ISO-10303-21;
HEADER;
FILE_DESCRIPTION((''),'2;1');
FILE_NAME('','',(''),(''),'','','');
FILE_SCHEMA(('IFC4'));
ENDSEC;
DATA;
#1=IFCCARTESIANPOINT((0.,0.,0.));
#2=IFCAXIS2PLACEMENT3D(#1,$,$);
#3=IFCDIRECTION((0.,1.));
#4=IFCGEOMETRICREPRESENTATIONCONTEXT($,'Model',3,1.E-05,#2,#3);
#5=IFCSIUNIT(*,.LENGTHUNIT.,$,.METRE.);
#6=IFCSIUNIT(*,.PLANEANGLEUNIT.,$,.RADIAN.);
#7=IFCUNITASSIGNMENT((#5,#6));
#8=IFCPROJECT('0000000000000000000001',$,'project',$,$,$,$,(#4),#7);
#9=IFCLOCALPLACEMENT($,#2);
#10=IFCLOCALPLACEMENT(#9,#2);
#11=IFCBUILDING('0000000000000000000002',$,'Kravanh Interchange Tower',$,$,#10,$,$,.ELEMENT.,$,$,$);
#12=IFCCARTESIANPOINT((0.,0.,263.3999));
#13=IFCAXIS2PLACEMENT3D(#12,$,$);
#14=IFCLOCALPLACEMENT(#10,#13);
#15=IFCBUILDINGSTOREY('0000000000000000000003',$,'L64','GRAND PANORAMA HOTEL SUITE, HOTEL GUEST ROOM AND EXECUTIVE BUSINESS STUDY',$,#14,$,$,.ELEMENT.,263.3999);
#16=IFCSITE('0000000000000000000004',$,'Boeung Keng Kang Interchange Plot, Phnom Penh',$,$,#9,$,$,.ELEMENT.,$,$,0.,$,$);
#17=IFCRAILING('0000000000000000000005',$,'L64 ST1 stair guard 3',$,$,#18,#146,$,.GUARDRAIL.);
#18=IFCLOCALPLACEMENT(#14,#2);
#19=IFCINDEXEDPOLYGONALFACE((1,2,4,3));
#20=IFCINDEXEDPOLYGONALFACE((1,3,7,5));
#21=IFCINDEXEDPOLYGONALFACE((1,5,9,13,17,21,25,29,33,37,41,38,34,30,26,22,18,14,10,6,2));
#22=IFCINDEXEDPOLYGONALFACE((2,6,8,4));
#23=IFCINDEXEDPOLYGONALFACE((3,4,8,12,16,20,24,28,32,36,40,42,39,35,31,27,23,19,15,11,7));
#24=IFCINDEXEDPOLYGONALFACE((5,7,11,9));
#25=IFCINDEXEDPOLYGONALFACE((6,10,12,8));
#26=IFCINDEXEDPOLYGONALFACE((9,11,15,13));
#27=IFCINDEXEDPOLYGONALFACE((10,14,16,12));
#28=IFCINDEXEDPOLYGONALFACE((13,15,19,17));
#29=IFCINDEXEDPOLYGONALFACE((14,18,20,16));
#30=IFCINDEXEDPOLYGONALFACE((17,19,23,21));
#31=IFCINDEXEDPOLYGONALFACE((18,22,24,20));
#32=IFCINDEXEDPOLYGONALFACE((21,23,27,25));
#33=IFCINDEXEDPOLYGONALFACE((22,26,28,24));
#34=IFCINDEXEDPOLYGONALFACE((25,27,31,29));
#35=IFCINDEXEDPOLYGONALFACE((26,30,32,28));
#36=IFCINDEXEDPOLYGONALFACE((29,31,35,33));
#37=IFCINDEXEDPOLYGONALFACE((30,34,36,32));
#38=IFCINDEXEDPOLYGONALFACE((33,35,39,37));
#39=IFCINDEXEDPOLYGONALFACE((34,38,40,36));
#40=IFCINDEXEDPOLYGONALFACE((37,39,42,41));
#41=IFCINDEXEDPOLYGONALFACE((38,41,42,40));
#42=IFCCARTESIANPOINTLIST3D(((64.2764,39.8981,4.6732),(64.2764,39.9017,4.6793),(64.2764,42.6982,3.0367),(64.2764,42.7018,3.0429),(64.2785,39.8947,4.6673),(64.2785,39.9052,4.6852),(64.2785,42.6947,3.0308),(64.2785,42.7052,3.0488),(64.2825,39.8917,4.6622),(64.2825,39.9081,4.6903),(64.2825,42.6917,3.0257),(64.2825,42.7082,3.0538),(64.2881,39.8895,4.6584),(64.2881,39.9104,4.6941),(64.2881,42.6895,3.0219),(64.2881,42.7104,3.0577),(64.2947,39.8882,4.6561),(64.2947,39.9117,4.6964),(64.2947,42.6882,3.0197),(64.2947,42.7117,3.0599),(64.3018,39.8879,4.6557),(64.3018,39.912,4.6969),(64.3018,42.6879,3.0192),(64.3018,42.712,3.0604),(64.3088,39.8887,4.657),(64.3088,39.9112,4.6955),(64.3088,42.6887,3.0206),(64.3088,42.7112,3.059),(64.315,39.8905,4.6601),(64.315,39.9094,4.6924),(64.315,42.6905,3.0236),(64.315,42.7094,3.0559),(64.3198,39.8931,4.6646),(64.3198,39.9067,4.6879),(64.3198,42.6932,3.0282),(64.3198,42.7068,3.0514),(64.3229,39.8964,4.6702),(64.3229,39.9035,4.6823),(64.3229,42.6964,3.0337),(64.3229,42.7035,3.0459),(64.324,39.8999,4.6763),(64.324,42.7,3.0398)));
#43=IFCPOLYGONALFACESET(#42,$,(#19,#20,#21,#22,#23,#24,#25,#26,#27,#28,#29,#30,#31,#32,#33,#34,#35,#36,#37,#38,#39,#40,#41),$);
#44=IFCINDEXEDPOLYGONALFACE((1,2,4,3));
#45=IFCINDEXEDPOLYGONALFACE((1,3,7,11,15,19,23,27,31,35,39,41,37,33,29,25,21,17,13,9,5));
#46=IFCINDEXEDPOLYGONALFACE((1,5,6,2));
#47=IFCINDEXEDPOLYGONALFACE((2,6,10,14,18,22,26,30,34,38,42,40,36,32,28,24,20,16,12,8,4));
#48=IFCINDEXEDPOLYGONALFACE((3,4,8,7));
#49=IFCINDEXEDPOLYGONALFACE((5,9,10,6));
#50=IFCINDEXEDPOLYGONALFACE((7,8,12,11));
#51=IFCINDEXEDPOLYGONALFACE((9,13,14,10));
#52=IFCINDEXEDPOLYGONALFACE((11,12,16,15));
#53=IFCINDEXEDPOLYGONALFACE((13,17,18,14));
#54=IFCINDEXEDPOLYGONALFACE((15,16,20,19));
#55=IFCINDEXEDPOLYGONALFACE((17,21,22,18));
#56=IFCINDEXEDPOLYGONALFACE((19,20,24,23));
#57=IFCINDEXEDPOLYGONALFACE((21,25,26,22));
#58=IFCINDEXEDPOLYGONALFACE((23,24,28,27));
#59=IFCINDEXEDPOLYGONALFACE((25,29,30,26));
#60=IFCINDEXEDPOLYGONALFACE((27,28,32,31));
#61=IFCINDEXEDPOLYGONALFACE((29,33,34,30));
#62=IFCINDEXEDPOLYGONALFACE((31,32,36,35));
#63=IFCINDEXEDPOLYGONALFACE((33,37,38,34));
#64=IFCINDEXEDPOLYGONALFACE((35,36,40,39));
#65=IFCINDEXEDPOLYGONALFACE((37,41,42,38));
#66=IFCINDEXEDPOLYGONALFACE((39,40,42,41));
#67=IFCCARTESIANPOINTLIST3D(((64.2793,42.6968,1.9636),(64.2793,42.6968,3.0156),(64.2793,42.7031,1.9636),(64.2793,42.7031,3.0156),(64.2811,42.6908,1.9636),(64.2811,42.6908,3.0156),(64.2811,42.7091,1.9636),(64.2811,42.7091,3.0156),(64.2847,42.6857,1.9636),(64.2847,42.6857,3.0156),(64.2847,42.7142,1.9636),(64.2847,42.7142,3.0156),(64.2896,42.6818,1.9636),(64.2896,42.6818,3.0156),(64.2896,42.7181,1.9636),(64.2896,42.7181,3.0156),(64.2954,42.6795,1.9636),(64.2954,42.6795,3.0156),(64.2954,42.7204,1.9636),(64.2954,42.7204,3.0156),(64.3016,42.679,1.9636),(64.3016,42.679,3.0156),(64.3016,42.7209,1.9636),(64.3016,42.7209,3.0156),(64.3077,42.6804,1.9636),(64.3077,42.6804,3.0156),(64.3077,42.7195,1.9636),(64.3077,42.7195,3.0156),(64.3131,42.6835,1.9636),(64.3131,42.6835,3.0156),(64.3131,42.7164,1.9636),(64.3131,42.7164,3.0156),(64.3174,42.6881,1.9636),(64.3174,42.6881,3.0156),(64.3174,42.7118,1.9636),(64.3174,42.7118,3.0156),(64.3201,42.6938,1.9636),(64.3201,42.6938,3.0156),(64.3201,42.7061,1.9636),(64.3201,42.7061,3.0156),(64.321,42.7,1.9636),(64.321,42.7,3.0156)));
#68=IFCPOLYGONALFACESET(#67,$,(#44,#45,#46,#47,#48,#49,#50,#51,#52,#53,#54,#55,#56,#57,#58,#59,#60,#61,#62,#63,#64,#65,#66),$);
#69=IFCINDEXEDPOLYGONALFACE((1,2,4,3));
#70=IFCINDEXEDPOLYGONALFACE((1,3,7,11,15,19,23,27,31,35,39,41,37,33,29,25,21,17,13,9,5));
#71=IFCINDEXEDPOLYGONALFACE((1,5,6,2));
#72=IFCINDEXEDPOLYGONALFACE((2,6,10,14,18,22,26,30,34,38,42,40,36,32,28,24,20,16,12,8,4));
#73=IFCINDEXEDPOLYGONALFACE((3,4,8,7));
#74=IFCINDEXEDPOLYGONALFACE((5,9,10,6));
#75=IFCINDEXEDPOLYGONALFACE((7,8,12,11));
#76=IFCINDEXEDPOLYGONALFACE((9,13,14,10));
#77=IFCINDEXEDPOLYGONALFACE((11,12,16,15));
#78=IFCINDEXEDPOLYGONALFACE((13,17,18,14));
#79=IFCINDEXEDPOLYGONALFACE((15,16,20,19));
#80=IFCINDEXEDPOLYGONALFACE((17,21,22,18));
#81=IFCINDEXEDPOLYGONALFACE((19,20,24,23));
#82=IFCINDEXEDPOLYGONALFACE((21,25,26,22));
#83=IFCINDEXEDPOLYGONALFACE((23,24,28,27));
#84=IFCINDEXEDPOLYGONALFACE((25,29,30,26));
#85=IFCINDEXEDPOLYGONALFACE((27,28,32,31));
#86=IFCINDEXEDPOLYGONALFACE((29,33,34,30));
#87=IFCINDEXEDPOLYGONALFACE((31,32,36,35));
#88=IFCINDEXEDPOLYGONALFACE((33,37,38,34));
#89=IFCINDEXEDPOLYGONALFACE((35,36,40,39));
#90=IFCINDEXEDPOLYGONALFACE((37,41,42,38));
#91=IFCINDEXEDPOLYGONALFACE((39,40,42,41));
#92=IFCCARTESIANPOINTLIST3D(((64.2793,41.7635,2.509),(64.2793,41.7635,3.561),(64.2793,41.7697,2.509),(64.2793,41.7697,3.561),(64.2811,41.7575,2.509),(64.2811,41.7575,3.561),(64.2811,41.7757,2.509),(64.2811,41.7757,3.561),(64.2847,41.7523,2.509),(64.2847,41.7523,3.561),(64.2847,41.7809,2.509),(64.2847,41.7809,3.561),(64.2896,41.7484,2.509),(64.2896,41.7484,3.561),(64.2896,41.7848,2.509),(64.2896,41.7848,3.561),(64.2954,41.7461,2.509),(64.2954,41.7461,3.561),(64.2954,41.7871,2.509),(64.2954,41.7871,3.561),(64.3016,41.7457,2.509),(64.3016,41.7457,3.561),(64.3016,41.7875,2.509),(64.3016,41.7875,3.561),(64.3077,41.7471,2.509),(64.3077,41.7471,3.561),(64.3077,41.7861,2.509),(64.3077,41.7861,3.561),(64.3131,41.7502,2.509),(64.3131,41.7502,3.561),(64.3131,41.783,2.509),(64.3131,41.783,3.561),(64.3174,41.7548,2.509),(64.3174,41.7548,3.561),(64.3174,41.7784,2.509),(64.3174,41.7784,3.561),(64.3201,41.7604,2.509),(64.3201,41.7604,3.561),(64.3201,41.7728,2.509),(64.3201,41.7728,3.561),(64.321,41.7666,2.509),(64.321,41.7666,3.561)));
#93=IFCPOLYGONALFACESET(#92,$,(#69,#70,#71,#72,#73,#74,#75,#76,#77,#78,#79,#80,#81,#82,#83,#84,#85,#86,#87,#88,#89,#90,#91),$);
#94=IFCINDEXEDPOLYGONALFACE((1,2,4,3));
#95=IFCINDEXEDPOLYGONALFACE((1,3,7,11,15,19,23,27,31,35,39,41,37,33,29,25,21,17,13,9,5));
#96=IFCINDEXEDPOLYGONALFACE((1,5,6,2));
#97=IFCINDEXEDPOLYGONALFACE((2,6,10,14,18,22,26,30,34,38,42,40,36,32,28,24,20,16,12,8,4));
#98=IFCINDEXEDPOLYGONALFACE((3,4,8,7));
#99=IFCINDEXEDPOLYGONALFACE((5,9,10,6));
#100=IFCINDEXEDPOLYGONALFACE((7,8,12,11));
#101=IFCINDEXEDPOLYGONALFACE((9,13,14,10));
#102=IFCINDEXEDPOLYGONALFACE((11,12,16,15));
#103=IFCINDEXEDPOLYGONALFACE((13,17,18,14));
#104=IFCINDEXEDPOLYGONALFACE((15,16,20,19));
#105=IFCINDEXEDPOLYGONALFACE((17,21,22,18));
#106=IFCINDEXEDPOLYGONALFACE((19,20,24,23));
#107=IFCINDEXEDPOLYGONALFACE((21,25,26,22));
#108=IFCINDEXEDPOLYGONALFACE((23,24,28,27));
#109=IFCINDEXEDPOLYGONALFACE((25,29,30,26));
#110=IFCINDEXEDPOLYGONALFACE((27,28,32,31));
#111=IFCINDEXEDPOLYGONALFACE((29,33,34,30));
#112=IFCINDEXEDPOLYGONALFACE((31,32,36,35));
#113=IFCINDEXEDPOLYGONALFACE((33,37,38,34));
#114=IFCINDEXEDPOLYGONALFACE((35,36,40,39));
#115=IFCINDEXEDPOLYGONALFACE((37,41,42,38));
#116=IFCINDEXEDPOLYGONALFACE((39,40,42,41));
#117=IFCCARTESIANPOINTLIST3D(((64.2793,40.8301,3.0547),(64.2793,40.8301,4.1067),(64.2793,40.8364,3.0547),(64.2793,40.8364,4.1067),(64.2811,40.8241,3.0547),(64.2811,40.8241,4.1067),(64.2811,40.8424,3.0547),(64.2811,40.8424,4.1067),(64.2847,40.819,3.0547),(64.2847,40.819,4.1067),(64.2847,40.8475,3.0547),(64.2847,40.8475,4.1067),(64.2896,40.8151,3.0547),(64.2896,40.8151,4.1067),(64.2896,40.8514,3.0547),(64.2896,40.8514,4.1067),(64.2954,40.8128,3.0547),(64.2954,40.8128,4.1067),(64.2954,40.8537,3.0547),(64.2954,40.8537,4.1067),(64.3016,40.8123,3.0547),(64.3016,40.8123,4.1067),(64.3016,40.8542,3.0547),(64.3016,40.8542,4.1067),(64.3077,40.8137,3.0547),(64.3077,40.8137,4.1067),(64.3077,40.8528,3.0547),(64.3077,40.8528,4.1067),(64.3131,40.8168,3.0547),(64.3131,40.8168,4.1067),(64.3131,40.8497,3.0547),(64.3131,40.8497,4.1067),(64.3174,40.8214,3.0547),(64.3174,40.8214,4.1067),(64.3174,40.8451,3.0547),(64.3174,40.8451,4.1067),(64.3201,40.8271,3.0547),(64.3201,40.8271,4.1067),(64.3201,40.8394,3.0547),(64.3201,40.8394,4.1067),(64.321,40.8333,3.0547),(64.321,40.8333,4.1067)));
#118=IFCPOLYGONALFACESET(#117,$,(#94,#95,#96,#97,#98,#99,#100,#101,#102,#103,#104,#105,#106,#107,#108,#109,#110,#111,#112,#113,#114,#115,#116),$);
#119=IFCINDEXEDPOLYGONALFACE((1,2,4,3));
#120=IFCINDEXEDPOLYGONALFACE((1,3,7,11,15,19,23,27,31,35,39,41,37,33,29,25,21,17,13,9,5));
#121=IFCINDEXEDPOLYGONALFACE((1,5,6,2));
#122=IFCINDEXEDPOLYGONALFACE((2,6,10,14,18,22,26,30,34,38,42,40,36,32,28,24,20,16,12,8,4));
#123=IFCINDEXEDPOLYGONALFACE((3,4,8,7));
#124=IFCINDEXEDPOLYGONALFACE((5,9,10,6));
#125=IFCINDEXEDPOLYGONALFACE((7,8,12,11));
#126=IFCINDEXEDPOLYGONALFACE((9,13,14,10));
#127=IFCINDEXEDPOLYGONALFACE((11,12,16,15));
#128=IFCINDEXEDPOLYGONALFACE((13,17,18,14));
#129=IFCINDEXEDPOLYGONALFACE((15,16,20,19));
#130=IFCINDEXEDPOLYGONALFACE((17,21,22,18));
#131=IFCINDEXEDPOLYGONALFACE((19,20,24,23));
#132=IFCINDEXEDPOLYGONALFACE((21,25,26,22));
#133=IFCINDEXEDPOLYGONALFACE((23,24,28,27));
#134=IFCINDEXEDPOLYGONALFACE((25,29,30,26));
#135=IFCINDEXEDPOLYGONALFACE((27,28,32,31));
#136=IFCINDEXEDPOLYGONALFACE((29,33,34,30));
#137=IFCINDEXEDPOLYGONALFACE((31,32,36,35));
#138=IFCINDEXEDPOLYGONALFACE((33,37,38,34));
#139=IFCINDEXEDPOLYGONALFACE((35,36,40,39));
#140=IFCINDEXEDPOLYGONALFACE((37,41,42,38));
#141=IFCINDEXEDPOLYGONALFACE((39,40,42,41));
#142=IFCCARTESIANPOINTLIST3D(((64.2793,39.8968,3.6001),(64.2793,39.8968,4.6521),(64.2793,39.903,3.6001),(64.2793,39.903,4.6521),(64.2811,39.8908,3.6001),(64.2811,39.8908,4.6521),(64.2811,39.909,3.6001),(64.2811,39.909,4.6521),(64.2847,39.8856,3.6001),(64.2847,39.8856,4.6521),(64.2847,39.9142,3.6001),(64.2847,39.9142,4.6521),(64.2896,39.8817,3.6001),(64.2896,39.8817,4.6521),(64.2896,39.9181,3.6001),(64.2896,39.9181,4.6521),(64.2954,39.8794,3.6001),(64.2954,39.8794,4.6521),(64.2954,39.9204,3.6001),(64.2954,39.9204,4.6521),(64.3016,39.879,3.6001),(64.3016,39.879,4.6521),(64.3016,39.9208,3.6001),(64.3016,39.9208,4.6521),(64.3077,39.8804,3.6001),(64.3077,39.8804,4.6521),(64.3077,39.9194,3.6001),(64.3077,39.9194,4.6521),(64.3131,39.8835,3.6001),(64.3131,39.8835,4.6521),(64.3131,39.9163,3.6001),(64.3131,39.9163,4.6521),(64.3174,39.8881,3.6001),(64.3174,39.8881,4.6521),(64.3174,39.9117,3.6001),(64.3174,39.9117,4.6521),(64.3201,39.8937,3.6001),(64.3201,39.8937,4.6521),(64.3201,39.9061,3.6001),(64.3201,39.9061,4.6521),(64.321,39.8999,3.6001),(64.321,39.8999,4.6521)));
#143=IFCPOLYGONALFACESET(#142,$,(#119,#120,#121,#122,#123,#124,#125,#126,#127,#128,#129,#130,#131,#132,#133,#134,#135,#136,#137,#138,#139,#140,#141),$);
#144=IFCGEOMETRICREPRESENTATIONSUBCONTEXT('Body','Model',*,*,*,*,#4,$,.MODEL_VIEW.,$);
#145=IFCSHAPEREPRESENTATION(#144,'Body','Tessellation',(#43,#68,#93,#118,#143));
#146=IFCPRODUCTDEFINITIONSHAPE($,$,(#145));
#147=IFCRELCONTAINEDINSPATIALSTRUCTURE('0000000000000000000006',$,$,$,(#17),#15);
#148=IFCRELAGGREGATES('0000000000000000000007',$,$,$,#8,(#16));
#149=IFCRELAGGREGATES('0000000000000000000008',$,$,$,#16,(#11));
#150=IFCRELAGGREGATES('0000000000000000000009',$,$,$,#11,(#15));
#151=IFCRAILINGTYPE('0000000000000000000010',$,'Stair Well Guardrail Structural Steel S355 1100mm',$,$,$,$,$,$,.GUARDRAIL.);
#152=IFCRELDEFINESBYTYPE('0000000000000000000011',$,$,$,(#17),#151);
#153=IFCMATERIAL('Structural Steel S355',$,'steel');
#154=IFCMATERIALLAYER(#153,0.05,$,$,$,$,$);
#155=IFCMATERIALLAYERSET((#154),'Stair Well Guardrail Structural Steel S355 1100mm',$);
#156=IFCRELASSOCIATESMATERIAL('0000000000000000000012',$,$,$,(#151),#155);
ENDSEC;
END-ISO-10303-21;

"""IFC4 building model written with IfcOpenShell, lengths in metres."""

from ifc_helpers import new_model, si_unit, direction, frame, origin, origin_2d, place, context, subcontext, project, spatial, circle, extrude, material, layer, layer_set, type_object, element, save


model = new_model("IFC4")

# Units and contexts
model_context = context("Model", 3, precision=1e-05, world=origin(), true_north=direction((0.0, 1.0)))
body_context = subcontext(model_context, "Body", "Model", "MODEL_VIEW")
ifc_project = project(units=[si_unit("LENGTHUNIT", "METRE"), si_unit("PLANEANGLEUNIT", "RADIAN")], contexts=[model_context])

# Site, building, storey
site_placement = place(None, origin())
site = spatial("IfcSite", under=ifc_project, at=site_placement, Name="Boeung Keng Kang Interchange Plot, Phnom Penh", CompositionType="ELEMENT", RefElevation=0.0)
building_placement = place(site_placement, origin())
building = spatial("IfcBuilding", under=site, at=building_placement, Name="Kravanh Interchange Tower", CompositionType="ELEMENT")
storey_placement = place(building_placement, frame((0.0, 0.0, 263.3999)))
storey = spatial("IfcBuildingStorey", under=building, at=storey_placement, Name="L64", Description="GRAND PANORAMA HOTEL SUITE, HOTEL GUEST ROOM AND EXECUTIVE BUSINESS STUDY", CompositionType="ELEMENT", Elevation=263.3999)

# Railing
ifc_material_1 = material(Name="Structural Steel S355", Category="steel")
ifc_layer_1 = layer(ifc_material_1, 0.05)
ifc_layer_set_1 = layer_set([ifc_layer_1], Name="Stair Well Guardrail Structural Steel S355 1100mm")
railing_type_1 = type_object("IfcRailingType", Name="Stair Well Guardrail Structural Steel S355 1100mm", PredefinedType="GUARDRAIL", material=ifc_layer_set_1)
railing_1_placement = place(storey_placement, frame((64.3, 42.7, 1.9636)))
element("IfcRailing", 1, at=railing_1_placement, inside=storey, type_object=railing_type_1, Name="L64 ST1 stair guard 3", PredefinedType="GUARDRAIL", context=body_context, shape_type="SweptSolid", body=[
    extrude(circle(Radius=0.0239, at=origin_2d()), frame((0.0, 0.0, 1.0762), z_axis=(0.0, -0.863361, 0.504587), x_axis=(1.0, 0.0, 0.0)), (0.0, 0.0, 1.0), 3.2432),
    extrude(circle(Radius=0.021, at=origin_2d()), origin(), (0.0, 0.0, 1.0), 1.052),
    extrude(circle(Radius=0.021, at=origin_2d()), frame((0.0, -0.9333, 0.5454)), (0.0, 0.0, 1.0), 1.052),
    extrude(circle(Radius=0.021, at=origin_2d()), frame((0.0, -1.8667, 1.0911)), (0.0, 0.0, 1.0), 1.052),
    extrude(circle(Radius=0.021, at=origin_2d()), frame((0.0, -2.8, 1.6365)), (0.0, 0.0, 1.0), 1.052),
])

save(model, "model.ifc")
